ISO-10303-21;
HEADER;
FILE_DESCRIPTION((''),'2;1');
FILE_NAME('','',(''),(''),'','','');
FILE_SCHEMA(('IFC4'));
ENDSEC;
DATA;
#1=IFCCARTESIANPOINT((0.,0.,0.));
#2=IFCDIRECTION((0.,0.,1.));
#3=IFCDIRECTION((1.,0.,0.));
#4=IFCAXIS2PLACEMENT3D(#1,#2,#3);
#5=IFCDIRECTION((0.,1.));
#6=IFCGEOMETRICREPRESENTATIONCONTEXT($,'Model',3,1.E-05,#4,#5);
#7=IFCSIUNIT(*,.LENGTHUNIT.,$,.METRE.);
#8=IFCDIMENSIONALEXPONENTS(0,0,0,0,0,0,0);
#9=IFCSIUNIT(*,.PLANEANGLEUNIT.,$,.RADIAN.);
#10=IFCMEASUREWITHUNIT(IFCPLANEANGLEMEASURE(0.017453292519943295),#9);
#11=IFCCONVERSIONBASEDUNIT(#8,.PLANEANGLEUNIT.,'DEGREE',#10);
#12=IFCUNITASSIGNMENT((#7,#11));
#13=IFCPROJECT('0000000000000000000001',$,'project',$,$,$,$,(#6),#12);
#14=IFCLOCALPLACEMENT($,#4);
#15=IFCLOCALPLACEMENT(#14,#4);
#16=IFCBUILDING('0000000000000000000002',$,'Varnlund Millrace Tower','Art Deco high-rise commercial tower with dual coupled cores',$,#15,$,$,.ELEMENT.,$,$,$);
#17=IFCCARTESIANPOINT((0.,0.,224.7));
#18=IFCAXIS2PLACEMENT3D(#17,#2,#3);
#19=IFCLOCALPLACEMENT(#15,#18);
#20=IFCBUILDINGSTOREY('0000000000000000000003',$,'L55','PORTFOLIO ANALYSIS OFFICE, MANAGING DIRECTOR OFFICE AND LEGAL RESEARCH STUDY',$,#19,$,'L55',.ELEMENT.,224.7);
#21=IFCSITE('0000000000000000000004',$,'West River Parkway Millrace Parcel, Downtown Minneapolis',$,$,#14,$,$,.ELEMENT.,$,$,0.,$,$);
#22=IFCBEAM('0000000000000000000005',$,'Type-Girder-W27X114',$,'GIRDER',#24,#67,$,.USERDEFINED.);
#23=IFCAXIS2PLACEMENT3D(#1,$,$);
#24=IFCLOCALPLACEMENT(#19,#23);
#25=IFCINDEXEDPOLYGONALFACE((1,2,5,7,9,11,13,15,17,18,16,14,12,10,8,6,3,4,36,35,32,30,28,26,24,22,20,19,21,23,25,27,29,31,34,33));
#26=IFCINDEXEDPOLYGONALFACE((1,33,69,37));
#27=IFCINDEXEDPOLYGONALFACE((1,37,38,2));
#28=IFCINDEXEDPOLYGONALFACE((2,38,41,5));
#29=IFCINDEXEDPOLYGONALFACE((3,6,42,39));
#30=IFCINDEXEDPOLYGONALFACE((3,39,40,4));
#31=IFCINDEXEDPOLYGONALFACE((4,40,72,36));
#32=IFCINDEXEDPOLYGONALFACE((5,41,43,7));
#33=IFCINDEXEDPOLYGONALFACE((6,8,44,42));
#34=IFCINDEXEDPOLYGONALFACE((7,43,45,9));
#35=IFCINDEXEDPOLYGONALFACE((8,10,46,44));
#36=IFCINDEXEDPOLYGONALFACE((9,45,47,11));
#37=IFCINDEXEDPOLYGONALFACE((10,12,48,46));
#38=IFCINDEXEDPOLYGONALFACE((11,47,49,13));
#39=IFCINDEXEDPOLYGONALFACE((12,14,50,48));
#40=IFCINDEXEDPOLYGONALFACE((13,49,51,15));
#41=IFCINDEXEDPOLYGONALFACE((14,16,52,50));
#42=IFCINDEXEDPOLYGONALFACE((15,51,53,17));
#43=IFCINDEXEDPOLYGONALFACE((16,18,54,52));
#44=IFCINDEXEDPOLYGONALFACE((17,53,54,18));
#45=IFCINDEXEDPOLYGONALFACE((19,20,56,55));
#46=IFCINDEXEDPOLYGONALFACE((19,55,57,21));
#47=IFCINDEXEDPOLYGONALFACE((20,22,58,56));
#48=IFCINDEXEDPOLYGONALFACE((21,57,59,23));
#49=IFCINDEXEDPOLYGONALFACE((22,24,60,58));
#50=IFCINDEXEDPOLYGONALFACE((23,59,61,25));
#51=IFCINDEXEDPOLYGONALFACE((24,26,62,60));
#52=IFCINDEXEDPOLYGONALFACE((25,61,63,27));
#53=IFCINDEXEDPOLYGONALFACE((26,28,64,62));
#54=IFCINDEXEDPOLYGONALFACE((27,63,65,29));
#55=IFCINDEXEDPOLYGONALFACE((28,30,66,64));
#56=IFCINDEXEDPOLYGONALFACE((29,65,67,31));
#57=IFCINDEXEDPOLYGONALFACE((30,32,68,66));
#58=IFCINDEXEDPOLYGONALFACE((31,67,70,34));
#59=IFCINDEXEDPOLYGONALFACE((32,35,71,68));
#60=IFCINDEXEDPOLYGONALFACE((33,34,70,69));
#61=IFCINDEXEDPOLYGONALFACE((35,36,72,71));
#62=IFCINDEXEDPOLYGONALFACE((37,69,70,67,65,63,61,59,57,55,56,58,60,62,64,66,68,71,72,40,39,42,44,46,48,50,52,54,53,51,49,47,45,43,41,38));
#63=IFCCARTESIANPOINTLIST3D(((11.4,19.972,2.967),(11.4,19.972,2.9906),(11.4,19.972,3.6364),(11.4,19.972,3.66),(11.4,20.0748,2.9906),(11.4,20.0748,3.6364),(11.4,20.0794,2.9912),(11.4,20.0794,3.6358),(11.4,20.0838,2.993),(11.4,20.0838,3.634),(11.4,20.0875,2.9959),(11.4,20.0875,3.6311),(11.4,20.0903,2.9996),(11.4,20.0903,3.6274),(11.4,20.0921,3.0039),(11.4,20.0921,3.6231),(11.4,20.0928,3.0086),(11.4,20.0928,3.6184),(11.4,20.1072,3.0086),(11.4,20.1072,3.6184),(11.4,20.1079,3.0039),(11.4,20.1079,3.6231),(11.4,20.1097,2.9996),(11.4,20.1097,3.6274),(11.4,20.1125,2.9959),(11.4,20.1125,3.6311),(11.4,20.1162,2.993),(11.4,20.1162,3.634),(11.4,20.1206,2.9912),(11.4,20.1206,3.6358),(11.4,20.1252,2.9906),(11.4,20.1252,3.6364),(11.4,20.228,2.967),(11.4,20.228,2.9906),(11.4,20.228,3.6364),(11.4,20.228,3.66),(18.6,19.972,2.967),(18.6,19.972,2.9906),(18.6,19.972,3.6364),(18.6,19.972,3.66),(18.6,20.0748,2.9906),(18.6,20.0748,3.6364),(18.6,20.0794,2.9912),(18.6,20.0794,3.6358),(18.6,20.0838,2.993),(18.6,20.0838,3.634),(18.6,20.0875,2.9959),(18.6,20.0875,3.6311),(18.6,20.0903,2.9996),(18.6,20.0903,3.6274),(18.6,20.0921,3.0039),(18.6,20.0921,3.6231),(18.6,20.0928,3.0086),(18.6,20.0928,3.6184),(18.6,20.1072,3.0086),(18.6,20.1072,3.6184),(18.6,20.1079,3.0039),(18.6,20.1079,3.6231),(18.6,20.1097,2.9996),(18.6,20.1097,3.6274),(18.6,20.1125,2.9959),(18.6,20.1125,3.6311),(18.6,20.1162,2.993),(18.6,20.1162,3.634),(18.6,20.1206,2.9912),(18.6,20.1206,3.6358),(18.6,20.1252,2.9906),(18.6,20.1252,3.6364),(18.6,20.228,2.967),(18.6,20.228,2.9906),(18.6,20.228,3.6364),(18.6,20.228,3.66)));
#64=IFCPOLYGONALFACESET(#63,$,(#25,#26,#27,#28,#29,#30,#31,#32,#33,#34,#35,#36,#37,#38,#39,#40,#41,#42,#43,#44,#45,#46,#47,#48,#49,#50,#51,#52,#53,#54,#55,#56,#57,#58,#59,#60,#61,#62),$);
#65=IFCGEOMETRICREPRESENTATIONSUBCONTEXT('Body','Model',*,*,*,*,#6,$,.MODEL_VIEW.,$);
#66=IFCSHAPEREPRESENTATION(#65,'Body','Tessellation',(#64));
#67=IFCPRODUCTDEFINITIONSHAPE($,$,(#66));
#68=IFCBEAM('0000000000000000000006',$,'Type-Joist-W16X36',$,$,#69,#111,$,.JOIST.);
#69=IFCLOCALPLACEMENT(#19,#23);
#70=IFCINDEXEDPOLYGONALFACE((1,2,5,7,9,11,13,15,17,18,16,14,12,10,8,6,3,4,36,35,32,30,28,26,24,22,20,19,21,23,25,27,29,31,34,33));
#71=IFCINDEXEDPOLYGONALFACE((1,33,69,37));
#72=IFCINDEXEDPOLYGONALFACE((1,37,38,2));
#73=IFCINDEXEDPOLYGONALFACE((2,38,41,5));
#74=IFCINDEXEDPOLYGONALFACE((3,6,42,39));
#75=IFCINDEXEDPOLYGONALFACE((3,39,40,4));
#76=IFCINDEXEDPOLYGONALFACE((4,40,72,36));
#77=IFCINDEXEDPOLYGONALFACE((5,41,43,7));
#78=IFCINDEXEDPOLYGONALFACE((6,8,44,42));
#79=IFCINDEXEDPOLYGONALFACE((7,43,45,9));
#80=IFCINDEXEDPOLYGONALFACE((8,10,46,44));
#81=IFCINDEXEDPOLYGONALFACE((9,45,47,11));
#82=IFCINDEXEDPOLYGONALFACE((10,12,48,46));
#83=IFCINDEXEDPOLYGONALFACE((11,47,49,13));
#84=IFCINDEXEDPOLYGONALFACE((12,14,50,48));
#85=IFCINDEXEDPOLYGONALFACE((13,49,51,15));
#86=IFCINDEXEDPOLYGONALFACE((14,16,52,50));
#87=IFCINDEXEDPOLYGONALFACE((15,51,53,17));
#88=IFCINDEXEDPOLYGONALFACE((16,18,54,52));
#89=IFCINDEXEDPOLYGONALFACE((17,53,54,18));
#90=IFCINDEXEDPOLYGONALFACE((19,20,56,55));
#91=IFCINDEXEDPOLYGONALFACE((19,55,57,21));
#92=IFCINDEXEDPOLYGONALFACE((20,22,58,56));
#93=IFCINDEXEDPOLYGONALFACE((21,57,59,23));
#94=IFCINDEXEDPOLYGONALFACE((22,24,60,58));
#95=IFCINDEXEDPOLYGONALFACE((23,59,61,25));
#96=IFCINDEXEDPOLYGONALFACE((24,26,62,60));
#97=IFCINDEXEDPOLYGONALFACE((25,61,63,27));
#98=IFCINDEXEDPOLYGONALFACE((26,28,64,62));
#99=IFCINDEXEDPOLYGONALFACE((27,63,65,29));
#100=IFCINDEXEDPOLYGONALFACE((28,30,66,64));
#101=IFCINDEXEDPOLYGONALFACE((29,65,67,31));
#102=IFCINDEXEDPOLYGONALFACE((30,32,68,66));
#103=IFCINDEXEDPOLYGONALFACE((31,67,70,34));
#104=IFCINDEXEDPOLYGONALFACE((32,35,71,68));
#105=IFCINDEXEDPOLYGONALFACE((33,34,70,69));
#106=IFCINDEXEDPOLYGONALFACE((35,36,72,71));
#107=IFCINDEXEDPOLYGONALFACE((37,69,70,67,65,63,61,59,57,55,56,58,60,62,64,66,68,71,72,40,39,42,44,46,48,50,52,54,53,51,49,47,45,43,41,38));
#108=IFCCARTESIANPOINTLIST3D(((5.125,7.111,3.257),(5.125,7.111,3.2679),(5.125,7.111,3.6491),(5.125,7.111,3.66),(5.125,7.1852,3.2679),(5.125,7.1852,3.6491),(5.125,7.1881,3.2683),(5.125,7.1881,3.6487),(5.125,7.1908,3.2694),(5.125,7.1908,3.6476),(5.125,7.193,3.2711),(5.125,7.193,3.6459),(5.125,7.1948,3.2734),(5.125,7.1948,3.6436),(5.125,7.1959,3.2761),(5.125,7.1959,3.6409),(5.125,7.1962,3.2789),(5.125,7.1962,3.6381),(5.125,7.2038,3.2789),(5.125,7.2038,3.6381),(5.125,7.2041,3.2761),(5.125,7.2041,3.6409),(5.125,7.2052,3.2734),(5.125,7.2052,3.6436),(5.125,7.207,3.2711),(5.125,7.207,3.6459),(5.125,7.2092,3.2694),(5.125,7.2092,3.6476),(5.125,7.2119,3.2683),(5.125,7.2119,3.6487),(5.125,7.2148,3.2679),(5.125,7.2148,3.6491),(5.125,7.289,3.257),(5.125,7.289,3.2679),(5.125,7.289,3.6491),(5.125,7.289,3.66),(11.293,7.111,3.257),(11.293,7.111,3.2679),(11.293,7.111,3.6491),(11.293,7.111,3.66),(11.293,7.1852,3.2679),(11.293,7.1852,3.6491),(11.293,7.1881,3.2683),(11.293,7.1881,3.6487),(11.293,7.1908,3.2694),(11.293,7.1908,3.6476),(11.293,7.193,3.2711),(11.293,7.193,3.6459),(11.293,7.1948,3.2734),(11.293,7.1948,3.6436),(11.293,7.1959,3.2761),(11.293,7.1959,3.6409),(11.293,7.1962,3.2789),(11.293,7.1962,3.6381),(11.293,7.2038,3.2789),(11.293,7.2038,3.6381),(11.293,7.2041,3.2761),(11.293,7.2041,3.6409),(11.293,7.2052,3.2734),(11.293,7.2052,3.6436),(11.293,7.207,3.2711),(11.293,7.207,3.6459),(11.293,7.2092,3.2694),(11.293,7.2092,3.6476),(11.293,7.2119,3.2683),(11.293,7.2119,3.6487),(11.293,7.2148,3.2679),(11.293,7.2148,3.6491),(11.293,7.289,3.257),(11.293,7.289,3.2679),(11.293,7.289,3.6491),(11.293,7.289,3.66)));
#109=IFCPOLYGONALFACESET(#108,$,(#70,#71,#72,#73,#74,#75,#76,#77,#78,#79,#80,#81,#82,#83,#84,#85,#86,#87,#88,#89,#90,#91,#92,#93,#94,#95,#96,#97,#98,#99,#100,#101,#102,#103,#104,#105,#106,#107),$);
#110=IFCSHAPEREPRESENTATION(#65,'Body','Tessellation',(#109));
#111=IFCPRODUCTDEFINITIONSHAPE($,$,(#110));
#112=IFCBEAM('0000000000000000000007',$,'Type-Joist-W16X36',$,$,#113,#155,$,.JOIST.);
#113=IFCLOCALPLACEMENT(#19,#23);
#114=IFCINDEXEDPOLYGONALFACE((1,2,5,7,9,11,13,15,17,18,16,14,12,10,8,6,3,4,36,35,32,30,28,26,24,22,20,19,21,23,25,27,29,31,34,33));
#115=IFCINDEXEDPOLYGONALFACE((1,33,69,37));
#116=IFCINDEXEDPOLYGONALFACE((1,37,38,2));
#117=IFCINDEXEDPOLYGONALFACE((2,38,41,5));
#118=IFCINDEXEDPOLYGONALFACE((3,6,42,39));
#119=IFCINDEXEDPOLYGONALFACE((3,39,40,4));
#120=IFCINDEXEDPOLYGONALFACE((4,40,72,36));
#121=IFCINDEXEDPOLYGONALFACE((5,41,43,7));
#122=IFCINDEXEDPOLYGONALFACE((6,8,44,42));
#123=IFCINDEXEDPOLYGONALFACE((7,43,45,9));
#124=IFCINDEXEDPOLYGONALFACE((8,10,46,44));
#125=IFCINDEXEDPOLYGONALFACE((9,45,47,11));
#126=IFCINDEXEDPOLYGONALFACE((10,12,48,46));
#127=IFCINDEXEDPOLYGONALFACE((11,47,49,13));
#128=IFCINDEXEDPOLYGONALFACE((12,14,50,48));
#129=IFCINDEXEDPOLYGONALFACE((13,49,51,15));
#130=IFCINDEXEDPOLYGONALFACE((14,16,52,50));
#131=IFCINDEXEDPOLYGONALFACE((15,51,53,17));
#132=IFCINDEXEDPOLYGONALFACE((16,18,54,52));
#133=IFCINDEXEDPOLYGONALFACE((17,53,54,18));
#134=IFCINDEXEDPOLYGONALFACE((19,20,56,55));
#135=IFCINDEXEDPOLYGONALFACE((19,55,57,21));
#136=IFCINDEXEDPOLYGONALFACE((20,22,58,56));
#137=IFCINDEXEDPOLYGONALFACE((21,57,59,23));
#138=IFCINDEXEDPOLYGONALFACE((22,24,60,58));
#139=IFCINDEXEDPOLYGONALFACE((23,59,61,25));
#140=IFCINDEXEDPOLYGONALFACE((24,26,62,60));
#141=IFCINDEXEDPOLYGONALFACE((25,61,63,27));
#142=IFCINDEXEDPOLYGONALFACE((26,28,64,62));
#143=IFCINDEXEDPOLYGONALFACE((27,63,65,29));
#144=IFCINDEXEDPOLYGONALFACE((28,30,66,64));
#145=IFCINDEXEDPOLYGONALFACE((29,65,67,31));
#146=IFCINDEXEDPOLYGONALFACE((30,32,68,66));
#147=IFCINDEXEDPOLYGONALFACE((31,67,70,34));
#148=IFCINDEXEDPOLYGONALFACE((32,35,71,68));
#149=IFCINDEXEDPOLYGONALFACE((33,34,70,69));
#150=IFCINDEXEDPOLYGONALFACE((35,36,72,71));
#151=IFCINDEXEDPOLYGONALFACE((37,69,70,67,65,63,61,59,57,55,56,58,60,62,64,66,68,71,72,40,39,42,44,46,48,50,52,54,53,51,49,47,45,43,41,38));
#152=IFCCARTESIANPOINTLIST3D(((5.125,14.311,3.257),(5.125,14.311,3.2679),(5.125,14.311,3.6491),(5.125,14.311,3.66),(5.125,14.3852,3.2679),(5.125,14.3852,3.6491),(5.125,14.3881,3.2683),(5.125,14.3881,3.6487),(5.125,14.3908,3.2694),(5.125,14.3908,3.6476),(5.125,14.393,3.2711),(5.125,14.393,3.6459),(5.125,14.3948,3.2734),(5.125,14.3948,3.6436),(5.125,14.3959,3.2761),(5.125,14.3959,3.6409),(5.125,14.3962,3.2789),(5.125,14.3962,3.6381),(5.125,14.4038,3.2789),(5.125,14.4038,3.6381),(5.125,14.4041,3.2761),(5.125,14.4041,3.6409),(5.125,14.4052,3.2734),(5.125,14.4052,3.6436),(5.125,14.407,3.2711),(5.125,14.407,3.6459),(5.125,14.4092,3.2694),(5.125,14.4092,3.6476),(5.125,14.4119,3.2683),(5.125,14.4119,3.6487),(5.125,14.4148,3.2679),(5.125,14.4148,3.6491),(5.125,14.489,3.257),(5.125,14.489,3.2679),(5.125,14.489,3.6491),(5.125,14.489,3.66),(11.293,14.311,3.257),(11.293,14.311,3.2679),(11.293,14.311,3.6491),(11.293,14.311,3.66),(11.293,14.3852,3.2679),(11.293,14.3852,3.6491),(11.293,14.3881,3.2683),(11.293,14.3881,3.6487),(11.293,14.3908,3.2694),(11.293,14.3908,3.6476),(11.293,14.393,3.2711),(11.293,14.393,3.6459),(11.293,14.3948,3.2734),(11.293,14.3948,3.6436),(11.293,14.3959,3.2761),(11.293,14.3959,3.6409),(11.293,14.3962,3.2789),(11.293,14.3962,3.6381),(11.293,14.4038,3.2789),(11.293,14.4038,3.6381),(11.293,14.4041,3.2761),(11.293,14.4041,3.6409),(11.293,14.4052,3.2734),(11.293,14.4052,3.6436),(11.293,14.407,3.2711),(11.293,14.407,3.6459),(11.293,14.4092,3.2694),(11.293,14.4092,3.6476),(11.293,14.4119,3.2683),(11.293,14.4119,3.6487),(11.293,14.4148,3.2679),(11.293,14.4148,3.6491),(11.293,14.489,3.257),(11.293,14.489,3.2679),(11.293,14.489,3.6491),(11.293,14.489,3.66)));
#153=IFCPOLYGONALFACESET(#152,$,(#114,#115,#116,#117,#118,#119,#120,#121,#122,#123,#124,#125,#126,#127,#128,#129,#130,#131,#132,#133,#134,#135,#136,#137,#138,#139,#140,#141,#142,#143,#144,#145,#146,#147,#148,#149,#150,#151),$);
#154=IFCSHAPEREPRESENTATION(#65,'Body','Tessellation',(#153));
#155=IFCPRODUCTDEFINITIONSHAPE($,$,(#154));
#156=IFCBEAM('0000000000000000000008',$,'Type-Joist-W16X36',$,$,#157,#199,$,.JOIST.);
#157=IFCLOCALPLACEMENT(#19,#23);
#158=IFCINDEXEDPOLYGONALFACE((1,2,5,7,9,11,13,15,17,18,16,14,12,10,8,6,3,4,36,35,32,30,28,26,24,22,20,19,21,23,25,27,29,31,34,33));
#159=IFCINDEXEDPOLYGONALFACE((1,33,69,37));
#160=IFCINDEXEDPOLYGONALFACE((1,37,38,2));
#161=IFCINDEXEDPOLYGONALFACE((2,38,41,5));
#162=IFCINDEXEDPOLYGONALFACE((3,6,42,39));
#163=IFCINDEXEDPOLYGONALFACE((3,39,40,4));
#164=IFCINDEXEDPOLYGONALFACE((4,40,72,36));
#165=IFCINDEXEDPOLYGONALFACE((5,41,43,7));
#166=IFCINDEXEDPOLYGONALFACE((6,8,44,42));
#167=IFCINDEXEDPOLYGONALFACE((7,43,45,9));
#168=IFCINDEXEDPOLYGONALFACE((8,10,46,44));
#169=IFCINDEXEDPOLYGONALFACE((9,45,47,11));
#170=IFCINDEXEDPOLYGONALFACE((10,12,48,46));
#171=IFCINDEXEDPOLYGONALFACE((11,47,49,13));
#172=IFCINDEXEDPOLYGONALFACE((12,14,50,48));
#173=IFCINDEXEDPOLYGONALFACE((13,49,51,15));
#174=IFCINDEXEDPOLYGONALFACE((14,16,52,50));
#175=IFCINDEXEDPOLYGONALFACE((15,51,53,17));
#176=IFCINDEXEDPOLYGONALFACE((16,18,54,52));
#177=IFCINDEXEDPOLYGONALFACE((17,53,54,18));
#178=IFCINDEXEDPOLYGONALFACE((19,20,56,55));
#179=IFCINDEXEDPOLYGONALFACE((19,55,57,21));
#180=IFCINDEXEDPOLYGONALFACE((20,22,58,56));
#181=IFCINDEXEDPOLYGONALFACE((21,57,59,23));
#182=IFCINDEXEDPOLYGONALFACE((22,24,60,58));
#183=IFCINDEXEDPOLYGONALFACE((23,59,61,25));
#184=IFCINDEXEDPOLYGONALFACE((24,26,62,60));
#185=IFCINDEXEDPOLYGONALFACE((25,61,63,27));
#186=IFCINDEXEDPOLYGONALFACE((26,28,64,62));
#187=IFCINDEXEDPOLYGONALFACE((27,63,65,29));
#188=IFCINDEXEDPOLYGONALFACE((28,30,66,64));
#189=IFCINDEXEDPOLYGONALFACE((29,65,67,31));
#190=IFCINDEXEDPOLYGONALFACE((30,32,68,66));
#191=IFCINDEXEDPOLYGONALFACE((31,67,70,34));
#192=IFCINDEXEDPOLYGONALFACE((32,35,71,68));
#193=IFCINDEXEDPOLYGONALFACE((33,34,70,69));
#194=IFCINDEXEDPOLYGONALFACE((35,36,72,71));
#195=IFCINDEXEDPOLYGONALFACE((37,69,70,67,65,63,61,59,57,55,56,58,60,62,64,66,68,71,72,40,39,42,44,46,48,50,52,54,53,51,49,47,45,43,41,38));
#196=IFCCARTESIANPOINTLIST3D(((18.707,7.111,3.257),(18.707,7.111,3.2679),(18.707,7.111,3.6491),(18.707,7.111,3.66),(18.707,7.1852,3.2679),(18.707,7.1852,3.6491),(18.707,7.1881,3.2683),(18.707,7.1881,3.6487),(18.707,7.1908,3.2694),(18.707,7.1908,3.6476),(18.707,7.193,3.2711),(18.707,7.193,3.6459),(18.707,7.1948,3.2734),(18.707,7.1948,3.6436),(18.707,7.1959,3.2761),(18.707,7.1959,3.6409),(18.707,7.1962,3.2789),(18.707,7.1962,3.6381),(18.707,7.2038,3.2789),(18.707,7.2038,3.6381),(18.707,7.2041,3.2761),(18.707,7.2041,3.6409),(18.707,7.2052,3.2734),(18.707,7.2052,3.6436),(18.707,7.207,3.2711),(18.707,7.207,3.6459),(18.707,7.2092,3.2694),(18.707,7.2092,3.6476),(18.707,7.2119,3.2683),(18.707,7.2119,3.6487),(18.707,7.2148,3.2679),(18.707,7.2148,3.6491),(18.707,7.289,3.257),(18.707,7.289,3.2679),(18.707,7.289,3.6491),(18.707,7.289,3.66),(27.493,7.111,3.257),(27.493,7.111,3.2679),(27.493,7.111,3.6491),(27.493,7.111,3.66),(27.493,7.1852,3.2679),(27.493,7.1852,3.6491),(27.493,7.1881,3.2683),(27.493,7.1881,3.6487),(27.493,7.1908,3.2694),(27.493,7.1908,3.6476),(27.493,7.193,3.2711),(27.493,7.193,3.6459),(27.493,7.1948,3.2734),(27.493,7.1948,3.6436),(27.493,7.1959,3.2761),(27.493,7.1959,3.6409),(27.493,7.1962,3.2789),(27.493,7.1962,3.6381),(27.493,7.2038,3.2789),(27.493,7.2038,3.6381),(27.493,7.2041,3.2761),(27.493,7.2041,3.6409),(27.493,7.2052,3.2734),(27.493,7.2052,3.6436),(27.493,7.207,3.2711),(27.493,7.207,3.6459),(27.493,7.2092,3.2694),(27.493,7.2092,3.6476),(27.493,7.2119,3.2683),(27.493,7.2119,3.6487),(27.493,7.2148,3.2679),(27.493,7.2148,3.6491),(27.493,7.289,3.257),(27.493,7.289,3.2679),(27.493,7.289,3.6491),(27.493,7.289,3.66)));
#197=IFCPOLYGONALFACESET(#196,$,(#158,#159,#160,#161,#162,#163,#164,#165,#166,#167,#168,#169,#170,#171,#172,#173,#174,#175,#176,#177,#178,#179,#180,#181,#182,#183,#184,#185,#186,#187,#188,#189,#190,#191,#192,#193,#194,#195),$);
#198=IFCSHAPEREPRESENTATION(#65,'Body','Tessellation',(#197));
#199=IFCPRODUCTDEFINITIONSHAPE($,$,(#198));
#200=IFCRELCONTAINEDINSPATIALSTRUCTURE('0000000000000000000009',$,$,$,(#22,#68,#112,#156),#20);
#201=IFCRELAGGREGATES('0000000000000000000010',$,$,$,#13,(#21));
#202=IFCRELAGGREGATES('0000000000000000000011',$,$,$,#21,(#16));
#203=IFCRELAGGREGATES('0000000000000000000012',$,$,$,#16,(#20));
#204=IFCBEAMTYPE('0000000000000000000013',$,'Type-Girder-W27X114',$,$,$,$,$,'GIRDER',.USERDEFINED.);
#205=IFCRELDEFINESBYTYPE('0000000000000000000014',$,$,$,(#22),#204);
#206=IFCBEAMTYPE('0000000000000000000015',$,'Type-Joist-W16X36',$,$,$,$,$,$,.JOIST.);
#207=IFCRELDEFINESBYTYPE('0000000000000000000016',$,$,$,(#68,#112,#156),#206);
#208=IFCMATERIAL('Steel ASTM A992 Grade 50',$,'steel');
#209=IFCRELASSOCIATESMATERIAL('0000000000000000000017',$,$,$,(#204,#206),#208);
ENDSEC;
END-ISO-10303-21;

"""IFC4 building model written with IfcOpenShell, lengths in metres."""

from ifc_helpers import new_model, entity, si_unit, converted_unit, direction, frame, origin_with_axes, origin_2d_with_axis, place, context, subcontext, project, spatial, i_section, extrude, material, material_profile, profile_set, type_object, element, save


model = new_model("IFC4")

# Units and contexts
model_context = context("Model", 3, precision=1e-05, world=origin_with_axes(), true_north=direction((0.0, 1.0)))
body_context = subcontext(model_context, "Body", "Model", "MODEL_VIEW")
ifc_project = project(units=[si_unit("LENGTHUNIT", "METRE"), converted_unit("PLANEANGLEUNIT", "DEGREE", entity("IfcPlaneAngleMeasure", 0.017453292519943295), si_unit("PLANEANGLEUNIT", "RADIAN"), dimensions=[0, 0, 0, 0, 0, 0, 0])], contexts=[model_context])

# Site, building, storey
site_placement = place(None, origin_with_axes())
site = spatial("IfcSite", under=ifc_project, at=site_placement, Name="West River Parkway Millrace Parcel, Downtown Minneapolis", CompositionType="ELEMENT", RefElevation=0.0)
building_placement = place(site_placement, origin_with_axes())
building = spatial("IfcBuilding", under=site, at=building_placement, Name="Varnlund Millrace Tower", Description="Art Deco high-rise commercial tower with dual coupled cores", CompositionType="ELEMENT")
storey_placement = place(building_placement, frame((0.0, 0.0, 224.7), z_axis=(0.0, 0.0, 1.0), x_axis=(1.0, 0.0, 0.0)))
storey = spatial("IfcBuildingStorey", under=building, at=storey_placement, Name="L55", Description="PORTFOLIO ANALYSIS OFFICE, MANAGING DIRECTOR OFFICE AND LEGAL RESEARCH STUDY", LongName="L55", CompositionType="ELEMENT", Elevation=224.7)

# Beams
ifc_material_1 = material(Name="Steel ASTM A992 Grade 50", Category="steel")
ifc_material_profile_1 = material_profile(ifc_material_1, i_section(OverallWidth=0.256, OverallDepth=0.693, WebThickness=0.0145, FlangeThickness=0.0236, FilletRadius=0.018, at=origin_2d_with_axis()), Name="Steel ASTM A992 Grade 50")
ifc_profile_set_1 = profile_set([ifc_material_profile_1], Name="Steel ASTM A992 Grade 50")
beam_type_1 = type_object("IfcBeamType", Name="Type-Girder-W27X114", ElementType="GIRDER", PredefinedType="USERDEFINED", material=ifc_profile_set_1)
beam_1_placement = place(storey_placement, frame((11.4, 20.1, 3.3135), z_axis=(1.0, 0.0, 0.0), x_axis=(0.0, 1.0, 0.0)))
element("IfcBeam", 1, at=beam_1_placement, inside=storey, type_object=beam_type_1, Name="Type-Girder-W27X114", ObjectType="GIRDER", PredefinedType="USERDEFINED", context=body_context, shape_type="SweptSolid", body=[
    extrude(i_section(OverallWidth=0.256, OverallDepth=0.693, WebThickness=0.0145, FlangeThickness=0.0236, FilletRadius=0.018, at=origin_2d_with_axis()), origin_with_axes(), (0.0, 0.0, 1.0), 7.2),
])
ifc_material_profile_2 = material_profile(ifc_material_1, i_section(OverallWidth=0.178, OverallDepth=0.403, WebThickness=0.0075, FlangeThickness=0.0109, FilletRadius=0.011, at=origin_2d_with_axis()), Name="Steel ASTM A992 Grade 50")
ifc_profile_set_2 = profile_set([ifc_material_profile_2], Name="Steel ASTM A992 Grade 50")
beam_type_2 = type_object("IfcBeamType", Name="Type-Joist-W16X36", PredefinedType="JOIST", material=ifc_profile_set_2)
for number, where, z_axis, x_axis, name in (
    (2, (5.125, 7.2, 3.4585), (1.0, 0.0, 0.0), (0.0, 1.0, 0.0), "Type-Joist-W16X36"),
    (3, (5.125, 14.4, 3.4585), (1.0, 0.0, 0.0), (0.0, 1.0, 0.0), "Type-Joist-W16X36"),
):
    element("IfcBeam", number, at=place(storey_placement, frame(where, z_axis=z_axis, x_axis=x_axis)), inside=storey, type_object=beam_type_2, Name=name, PredefinedType="JOIST", context=body_context, shape_type="SweptSolid", body=[
        extrude(i_section(OverallWidth=0.178, OverallDepth=0.403, WebThickness=0.0075, FlangeThickness=0.0109, FilletRadius=0.011, at=origin_2d_with_axis()), origin_with_axes(), (0.0, 0.0, 1.0), 6.168),
    ])
beam_2_placement = place(storey_placement, frame((18.707, 7.2, 3.4585), z_axis=(1.0, 0.0, 0.0), x_axis=(0.0, 1.0, 0.0)))
element("IfcBeam", 4, at=beam_2_placement, inside=storey, type_object=beam_type_2, Name="Type-Joist-W16X36", PredefinedType="JOIST", context=body_context, shape_type="SweptSolid", body=[
    extrude(i_section(OverallWidth=0.178, OverallDepth=0.403, WebThickness=0.0075, FlangeThickness=0.0109, FilletRadius=0.011, at=origin_2d_with_axis()), origin_with_axes(), (0.0, 0.0, 1.0), 8.786),
])

save(model, "model.ifc")
